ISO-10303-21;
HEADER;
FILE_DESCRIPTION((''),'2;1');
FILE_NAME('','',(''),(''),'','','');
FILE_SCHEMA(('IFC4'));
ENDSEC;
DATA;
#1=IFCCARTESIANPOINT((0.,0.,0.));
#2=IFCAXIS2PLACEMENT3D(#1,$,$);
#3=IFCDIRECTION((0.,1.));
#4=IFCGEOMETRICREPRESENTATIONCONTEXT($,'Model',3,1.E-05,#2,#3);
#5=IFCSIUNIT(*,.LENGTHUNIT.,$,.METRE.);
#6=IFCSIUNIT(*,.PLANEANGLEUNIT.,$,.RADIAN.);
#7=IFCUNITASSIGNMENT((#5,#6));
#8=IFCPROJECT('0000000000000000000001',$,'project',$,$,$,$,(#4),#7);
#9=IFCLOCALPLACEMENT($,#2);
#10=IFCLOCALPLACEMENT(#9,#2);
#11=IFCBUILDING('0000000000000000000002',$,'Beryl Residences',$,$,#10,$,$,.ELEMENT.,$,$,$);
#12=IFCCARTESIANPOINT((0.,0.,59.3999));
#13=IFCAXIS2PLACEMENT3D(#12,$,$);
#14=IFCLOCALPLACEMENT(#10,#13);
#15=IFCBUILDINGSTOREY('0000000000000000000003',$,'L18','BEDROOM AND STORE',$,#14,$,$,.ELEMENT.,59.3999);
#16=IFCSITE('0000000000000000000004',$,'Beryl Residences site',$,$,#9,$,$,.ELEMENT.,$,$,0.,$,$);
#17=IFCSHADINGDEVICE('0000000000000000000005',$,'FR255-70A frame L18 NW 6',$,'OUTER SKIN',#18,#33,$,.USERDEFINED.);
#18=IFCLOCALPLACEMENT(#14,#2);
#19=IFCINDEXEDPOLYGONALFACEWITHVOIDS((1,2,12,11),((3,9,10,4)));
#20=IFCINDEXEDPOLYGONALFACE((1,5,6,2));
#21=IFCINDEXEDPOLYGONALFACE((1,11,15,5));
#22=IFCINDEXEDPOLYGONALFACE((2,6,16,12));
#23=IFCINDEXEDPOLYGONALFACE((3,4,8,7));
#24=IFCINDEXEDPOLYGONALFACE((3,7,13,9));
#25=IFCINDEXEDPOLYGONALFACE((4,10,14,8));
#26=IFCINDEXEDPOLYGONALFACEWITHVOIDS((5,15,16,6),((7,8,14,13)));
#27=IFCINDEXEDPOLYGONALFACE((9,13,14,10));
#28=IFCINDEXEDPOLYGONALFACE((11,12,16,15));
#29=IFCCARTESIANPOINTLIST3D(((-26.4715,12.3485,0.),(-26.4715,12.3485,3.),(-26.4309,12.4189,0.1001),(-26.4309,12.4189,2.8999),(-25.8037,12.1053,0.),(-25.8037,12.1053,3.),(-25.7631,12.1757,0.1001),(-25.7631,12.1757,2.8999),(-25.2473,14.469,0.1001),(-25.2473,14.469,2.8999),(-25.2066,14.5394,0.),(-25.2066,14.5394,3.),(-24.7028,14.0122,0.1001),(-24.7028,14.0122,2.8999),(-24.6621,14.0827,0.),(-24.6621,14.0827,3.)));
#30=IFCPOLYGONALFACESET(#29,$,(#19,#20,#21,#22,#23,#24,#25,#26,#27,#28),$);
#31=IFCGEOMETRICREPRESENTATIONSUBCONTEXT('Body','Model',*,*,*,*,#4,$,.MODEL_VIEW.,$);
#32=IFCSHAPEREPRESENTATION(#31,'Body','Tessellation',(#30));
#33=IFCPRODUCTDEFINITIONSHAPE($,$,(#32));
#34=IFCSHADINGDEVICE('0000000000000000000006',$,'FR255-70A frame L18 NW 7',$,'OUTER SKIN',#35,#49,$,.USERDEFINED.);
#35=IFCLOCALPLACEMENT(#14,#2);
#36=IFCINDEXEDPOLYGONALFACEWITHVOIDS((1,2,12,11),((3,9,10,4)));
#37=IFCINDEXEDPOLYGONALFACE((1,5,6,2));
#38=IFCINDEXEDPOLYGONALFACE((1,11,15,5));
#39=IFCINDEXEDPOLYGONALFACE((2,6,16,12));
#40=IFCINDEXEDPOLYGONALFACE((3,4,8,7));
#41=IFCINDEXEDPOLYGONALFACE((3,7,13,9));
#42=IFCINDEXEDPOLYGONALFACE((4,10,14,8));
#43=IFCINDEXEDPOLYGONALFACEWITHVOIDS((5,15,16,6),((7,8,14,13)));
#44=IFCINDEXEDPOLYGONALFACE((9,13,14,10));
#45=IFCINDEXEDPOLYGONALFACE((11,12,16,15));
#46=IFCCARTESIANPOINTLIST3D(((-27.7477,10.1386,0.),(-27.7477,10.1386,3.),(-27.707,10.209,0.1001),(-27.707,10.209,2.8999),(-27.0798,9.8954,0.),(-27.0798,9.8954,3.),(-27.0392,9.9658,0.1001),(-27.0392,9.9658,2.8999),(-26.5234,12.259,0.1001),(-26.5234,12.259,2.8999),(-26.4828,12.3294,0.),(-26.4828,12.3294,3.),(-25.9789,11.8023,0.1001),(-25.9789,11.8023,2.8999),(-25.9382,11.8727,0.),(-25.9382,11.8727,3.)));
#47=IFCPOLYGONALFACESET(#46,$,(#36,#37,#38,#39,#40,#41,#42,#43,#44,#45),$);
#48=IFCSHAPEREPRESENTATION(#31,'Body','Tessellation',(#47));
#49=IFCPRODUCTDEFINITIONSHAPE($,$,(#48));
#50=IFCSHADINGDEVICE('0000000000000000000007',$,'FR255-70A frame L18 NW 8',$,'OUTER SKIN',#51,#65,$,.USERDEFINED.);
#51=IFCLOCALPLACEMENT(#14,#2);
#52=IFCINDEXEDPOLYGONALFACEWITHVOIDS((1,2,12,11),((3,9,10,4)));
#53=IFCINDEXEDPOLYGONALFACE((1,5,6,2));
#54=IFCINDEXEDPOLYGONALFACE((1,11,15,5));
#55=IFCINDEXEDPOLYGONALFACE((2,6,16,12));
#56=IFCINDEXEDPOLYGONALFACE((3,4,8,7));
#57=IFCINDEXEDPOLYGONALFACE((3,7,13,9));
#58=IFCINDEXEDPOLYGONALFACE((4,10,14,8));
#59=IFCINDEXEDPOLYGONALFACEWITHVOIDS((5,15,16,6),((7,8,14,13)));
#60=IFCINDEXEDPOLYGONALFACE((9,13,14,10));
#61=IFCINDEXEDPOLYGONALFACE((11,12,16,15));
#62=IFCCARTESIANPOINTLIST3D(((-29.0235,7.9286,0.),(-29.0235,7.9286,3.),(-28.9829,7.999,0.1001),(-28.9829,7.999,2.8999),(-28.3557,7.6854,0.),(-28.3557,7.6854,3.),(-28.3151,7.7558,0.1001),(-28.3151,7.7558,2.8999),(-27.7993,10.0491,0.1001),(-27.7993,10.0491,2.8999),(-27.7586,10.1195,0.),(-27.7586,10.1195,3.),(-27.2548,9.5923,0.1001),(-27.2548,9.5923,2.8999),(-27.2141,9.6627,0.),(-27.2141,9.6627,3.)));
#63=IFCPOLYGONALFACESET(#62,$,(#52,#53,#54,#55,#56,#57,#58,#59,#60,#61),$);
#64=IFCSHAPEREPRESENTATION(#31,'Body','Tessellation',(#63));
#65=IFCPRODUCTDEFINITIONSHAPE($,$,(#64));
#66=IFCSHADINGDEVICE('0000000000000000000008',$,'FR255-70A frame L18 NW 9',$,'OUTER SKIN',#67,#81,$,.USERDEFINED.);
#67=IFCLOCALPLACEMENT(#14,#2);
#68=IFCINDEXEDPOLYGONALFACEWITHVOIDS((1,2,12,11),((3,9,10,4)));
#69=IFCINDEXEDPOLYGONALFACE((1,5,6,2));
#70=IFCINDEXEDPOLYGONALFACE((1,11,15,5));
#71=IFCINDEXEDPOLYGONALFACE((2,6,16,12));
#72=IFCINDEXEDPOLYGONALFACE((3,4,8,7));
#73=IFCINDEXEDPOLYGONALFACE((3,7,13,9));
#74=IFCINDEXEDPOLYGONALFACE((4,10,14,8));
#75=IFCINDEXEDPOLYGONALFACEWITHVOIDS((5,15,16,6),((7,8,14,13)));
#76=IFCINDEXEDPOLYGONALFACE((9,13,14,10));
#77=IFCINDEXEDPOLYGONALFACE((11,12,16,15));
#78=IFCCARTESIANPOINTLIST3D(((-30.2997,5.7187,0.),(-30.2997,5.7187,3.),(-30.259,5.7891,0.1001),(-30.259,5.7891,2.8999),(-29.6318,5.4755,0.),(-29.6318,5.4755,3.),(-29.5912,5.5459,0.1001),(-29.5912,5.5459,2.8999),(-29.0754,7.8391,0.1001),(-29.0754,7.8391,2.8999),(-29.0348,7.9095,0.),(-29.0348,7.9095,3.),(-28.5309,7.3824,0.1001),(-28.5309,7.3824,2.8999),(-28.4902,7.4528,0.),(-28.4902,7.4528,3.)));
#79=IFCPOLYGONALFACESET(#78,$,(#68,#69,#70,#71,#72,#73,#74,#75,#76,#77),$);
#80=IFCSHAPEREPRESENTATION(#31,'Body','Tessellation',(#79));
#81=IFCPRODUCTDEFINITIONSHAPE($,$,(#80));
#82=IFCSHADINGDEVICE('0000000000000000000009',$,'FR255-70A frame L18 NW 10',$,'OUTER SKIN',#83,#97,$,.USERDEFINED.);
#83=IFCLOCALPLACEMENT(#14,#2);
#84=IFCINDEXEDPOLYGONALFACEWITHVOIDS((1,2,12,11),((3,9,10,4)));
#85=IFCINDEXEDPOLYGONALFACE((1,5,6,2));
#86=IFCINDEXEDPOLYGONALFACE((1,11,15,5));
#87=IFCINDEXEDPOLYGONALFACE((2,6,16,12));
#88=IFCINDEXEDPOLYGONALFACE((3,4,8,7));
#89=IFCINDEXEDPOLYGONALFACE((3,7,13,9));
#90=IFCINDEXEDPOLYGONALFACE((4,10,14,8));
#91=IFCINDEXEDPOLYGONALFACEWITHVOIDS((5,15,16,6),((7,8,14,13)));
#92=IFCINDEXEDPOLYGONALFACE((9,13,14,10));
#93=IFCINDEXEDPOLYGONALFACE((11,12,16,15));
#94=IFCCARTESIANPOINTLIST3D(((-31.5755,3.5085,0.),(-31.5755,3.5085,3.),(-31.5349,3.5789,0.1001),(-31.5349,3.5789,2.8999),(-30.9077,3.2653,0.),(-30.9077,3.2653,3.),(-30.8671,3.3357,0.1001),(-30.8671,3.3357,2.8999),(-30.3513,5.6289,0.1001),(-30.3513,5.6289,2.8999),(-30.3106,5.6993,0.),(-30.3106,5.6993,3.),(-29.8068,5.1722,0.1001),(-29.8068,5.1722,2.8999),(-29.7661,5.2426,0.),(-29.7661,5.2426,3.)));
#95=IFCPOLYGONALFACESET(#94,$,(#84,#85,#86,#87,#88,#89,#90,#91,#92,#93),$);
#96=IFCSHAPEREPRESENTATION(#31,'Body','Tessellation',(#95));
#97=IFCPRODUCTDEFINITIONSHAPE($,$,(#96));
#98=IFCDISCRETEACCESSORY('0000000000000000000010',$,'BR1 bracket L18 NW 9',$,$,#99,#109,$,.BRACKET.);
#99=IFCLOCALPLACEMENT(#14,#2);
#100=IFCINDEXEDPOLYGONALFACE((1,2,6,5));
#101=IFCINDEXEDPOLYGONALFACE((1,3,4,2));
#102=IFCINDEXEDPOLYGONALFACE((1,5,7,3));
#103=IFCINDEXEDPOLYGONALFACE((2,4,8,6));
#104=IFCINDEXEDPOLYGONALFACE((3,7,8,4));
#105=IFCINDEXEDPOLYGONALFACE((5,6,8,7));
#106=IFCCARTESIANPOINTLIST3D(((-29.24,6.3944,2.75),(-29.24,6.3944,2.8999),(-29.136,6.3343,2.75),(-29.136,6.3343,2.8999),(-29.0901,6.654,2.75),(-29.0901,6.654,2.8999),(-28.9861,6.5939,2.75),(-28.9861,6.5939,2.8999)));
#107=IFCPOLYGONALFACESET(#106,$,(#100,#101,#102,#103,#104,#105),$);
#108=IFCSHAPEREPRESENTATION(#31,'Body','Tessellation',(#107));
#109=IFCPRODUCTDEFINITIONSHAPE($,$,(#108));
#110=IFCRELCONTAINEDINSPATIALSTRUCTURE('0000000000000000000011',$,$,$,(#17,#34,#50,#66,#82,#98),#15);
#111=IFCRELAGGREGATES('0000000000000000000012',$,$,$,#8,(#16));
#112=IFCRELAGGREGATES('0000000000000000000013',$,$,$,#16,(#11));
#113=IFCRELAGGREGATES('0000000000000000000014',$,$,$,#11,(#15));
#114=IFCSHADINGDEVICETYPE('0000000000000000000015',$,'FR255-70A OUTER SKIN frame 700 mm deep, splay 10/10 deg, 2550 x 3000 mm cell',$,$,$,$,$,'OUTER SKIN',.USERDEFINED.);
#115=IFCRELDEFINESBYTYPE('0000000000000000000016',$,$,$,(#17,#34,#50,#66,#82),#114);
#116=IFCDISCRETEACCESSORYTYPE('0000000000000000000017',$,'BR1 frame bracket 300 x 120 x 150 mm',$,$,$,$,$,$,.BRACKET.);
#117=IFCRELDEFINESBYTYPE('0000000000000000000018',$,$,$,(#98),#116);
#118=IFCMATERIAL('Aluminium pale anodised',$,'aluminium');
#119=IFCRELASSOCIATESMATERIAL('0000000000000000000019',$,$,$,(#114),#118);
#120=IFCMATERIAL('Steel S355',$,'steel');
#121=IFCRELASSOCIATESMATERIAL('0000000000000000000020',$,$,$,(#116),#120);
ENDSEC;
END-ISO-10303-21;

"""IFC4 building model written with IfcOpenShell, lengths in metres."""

from ifc_helpers import new_model, entity, si_unit, direction, frame, origin, place, context, subcontext, project, spatial, polyline, outline, extrude, source, transform, mapped, material, type_object, type_shapes, element, save


model = new_model("IFC4")

# Units and contexts
model_context = context("Model", 3, precision=1e-05, world=origin(), true_north=direction((0.0, 1.0)))
body_context = subcontext(model_context, "Body", "Model", "MODEL_VIEW")
ifc_project = project(units=[si_unit("LENGTHUNIT", "METRE"), si_unit("PLANEANGLEUNIT", "RADIAN")], contexts=[model_context])

# Site, building, storey
site_placement = place(None, origin())
site = spatial("IfcSite", under=ifc_project, at=site_placement, Name="Beryl Residences site", CompositionType="ELEMENT", RefElevation=0.0)
building_placement = place(site_placement, origin())
building = spatial("IfcBuilding", under=site, at=building_placement, Name="Beryl Residences", CompositionType="ELEMENT")
storey_placement = place(building_placement, frame((0.0, 0.0, 59.3999)))
storey = spatial("IfcBuildingStorey", under=building, at=storey_placement, Name="L18", Description="BEDROOM AND STORE", CompositionType="ELEMENT", Elevation=59.3999)

# Shading devices
ifc_material_1 = material(Name="Aluminium pale anodised", Category="aluminium")
shading_device_type = type_object("IfcShadingDeviceType", Name="FR255-70A OUTER SKIN frame 700 mm deep, splay 10/10 deg, 2550 x 3000 mm cell", ElementType="OUTER SKIN", PredefinedType="USERDEFINED", material=ifc_material_1)
cartesian_point_1 = entity("IfcCartesianPoint", [-1.1416, 0.0])
cartesian_point_2 = entity("IfcCartesianPoint", [-1.0603, 0.1001])
cartesian_point_3 = entity("IfcCartesianPoint", [-1.2649, 0.0])
cartesian_point_4 = entity("IfcCartesianPoint", [-1.1836, 0.1001])
shared_shape_1 = source(origin(), body_context, "Body", "SweptSolid", [
    entity("IfcExtrudedAreaSolidTapered", entity("IfcArbitraryProfileDefWithVoids", "AREA", None, entity("IfcPolyline", [cartesian_point_1, entity("IfcCartesianPoint", [1.1416, 0.0]), entity("IfcCartesianPoint", [1.1416, 3.0]), entity("IfcCartesianPoint", [-1.1416, 3.0]), cartesian_point_1]), [entity("IfcPolyline", [cartesian_point_2, entity("IfcCartesianPoint", [1.0603, 0.1001]), entity("IfcCartesianPoint", [1.0603, 2.8999]), entity("IfcCartesianPoint", [-1.0603, 2.8999]), cartesian_point_2])]), entity("IfcAxis2Placement3D", entity("IfcCartesianPoint", [0.0, 0.0, 0.0]), entity("IfcDirection", [0.0, 1.0, 0.0]), entity("IfcDirection", [-1.0, 0.0, 0.0])), entity("IfcDirection", [0.0, 0.0, 1.0]), 0.7, entity("IfcArbitraryProfileDefWithVoids", "AREA", None, entity("IfcPolyline", [cartesian_point_3, entity("IfcCartesianPoint", [1.2649, 0.0]), entity("IfcCartesianPoint", [1.2649, 3.0]), entity("IfcCartesianPoint", [-1.2649, 3.0]), cartesian_point_3]), [entity("IfcPolyline", [cartesian_point_4, entity("IfcCartesianPoint", [1.1836, 0.1001]), entity("IfcCartesianPoint", [1.1836, 2.8999]), entity("IfcCartesianPoint", [-1.1836, 2.8999]), cartesian_point_4])])),
])
type_shapes(shading_device_type, [shared_shape_1])
for number, where, z_axis, x_axis, name in (
    (1, (-25.2329, 13.094, 0.0), (0.0, 0.0, 1.0), (0.5, 0.866025, 0.0), "FR255-70A frame L18 NW 6"),
    (2, (-26.509, 10.884, 0.0), (0.0, 0.0, 1.0), (0.5, 0.866025, 0.0), "FR255-70A frame L18 NW 7"),
    (3, (-27.7849, 8.6741, 0.0), (0.0, 0.0, 1.0), (0.5, 0.866025, 0.0), "FR255-70A frame L18 NW 8"),
    (4, (-29.061, 6.4641, 0.0), (0.0, 0.0, 1.0), (0.5, 0.866025, 0.0), "FR255-70A frame L18 NW 9"),
    (5, (-30.3369, 4.2539, 0.0), (0.0, 0.0, 1.0), (0.5, 0.866025, 0.0), "FR255-70A frame L18 NW 10"),
):
    element("IfcShadingDevice", number, at=place(storey_placement, frame(where, z_axis=z_axis, x_axis=x_axis)), inside=storey, type_object=shading_device_type, Name=name, ObjectType="OUTER SKIN", PredefinedType="USERDEFINED", context=body_context, shape_type="MappedRepresentation", body=[
        mapped(shared_shape_1, transform((0.0, 0.0, 0.0))),
    ])

# Discrete accessory
ifc_material_2 = material(Name="Steel S355", Category="steel")
discrete_accessory_type = type_object("IfcDiscreteAccessoryType", Name="BR1 frame bracket 300 x 120 x 150 mm", PredefinedType="BRACKET", material=ifc_material_2)
shared_shape_2 = source(origin(), body_context, "Body", "SweptSolid", [
    extrude(outline(polyline([(-0.1499, 0.0), (0.1499, 0.0), (0.1499, 0.1201), (-0.1499, 0.1201), (-0.1499, 0.0)])), origin(), (0.0, 0.0, 1.0), 0.1499),
])
type_shapes(discrete_accessory_type, [shared_shape_2])
discrete_accessory_placement = place(storey_placement, frame((-29.061, 6.4641, 2.75), z_axis=(0.0, 0.0, 1.0), x_axis=(0.5, 0.866025, 0.0)))
element("IfcDiscreteAccessory", 6, at=discrete_accessory_placement, inside=storey, type_object=discrete_accessory_type, Name="BR1 bracket L18 NW 9", PredefinedType="BRACKET", context=body_context, shape_type="MappedRepresentation", body=[
    mapped(shared_shape_2, transform((0.0, 0.0, 0.0))),
])

save(model, "model.ifc")
